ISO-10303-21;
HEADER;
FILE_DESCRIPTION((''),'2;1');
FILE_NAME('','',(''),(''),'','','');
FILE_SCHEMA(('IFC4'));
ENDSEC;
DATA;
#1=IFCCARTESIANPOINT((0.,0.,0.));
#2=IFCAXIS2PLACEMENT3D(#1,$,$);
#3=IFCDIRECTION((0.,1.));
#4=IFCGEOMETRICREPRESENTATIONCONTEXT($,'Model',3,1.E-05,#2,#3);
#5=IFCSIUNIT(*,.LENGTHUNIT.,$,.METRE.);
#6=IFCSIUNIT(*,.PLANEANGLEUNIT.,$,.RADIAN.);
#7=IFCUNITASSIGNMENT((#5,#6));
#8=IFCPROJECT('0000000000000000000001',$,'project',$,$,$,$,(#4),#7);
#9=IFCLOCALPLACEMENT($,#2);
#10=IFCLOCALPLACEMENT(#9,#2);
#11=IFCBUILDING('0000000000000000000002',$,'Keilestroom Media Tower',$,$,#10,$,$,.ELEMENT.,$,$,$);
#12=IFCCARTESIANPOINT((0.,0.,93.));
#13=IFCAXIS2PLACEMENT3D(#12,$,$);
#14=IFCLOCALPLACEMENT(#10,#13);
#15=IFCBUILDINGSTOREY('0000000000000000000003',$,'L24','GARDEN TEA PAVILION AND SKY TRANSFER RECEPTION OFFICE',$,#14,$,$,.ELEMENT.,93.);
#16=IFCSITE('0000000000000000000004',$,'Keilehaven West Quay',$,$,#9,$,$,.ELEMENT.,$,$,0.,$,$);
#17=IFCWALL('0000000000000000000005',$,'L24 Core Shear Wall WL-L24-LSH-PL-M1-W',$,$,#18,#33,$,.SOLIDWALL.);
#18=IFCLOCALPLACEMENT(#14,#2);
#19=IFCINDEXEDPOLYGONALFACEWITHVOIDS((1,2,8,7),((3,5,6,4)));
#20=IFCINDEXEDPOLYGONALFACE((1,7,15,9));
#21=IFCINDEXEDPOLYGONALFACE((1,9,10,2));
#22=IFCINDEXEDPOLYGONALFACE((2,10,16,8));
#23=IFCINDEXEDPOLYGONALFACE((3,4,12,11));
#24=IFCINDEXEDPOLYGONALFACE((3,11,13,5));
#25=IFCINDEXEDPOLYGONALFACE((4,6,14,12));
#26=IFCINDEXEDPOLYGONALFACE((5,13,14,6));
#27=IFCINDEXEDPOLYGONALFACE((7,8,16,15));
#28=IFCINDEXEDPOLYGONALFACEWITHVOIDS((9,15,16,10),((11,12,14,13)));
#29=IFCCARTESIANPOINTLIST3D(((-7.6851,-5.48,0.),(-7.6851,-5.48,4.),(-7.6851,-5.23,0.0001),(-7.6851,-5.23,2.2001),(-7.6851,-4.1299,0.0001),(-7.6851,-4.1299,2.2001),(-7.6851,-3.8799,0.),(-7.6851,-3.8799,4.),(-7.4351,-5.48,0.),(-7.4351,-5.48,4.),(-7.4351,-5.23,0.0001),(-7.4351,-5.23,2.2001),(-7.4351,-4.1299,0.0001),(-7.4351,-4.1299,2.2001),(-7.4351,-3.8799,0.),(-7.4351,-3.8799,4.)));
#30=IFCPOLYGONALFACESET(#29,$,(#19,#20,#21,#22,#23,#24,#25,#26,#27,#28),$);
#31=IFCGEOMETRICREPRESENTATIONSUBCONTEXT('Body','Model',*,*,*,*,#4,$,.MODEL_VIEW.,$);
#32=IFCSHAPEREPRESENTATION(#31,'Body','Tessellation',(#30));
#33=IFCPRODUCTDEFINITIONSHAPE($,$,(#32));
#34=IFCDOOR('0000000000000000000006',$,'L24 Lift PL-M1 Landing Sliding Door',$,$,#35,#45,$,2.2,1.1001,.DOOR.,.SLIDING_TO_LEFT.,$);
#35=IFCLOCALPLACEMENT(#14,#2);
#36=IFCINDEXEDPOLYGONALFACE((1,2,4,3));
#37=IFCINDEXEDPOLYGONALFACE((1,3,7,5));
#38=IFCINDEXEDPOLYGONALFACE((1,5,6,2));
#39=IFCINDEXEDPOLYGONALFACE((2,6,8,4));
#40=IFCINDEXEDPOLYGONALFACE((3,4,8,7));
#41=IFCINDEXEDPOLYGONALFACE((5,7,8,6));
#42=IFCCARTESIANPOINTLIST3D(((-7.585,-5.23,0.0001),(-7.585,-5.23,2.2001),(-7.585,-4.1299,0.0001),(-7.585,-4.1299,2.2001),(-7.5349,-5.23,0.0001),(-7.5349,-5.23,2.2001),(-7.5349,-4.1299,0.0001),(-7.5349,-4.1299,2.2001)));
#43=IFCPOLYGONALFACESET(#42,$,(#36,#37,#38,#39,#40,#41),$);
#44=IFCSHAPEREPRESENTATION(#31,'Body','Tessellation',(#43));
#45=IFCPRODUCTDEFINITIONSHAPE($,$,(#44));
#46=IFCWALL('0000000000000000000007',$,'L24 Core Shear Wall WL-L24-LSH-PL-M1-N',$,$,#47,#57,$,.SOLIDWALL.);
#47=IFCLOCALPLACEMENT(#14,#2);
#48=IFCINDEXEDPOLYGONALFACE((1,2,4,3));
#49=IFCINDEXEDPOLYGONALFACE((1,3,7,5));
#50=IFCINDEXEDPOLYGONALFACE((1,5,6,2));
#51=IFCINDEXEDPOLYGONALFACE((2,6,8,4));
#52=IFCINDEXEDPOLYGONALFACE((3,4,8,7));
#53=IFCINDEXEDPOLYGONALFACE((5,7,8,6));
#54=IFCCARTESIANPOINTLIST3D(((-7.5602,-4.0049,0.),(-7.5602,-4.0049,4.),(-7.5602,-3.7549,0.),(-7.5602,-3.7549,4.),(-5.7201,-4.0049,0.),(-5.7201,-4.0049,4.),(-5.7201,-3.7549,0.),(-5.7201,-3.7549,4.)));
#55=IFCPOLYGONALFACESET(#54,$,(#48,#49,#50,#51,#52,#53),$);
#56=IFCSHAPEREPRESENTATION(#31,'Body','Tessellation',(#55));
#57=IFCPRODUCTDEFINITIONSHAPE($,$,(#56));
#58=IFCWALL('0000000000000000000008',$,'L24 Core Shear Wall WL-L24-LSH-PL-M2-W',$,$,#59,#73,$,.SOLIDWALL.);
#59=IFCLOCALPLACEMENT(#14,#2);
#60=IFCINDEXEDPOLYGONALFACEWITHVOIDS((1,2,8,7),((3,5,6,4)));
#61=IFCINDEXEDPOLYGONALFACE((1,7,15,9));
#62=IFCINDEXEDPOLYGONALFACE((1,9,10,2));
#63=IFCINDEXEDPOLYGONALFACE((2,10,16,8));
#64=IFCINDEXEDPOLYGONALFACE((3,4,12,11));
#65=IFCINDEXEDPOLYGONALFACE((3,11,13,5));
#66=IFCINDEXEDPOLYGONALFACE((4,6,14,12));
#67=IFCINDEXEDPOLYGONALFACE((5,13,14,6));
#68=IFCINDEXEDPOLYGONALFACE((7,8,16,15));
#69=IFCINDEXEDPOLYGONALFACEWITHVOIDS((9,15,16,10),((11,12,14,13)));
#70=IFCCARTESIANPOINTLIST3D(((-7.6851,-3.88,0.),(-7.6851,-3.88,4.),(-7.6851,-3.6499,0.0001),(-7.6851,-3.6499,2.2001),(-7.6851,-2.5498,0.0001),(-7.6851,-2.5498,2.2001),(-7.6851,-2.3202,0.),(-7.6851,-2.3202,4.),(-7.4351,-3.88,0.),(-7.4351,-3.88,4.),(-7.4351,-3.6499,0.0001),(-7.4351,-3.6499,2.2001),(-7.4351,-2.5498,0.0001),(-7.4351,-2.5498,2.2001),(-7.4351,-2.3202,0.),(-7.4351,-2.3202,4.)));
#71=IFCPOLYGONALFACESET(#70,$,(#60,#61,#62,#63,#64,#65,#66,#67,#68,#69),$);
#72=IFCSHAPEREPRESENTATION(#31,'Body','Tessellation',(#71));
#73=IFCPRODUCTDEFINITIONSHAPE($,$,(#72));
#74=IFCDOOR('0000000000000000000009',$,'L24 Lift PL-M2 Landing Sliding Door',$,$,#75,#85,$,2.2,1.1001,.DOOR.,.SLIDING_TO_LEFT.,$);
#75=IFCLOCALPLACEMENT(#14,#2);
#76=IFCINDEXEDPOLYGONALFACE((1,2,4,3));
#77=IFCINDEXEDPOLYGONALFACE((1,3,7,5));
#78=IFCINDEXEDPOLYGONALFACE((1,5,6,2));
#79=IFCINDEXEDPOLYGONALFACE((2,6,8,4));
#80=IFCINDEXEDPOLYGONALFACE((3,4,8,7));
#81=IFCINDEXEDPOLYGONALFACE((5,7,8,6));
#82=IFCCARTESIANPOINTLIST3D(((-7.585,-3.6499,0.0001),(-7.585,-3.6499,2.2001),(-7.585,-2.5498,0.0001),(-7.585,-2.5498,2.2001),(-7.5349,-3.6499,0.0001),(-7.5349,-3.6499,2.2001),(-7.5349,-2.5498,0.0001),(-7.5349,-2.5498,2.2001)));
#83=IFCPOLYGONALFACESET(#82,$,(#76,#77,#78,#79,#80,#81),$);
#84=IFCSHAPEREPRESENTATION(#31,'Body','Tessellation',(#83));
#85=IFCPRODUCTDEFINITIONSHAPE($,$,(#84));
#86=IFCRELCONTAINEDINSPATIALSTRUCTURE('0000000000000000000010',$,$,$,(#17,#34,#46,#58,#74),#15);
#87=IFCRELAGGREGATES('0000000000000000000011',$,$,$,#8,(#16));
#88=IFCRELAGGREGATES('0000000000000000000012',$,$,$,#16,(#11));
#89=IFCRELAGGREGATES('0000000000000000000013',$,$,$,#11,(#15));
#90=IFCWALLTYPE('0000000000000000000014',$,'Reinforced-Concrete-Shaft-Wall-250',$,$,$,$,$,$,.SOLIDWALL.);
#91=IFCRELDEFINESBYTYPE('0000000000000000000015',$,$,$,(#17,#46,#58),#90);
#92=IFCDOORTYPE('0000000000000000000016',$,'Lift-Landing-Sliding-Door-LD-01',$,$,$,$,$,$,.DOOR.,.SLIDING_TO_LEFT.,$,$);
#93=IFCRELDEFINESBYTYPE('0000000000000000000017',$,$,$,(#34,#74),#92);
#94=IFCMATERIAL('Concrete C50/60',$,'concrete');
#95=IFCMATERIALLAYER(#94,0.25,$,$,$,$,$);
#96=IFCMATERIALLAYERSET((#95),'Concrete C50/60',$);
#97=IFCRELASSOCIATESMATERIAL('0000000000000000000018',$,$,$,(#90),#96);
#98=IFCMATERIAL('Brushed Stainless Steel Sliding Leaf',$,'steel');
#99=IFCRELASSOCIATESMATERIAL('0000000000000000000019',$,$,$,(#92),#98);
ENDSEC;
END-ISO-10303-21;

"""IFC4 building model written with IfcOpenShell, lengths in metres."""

from ifc_helpers import new_model, si_unit, direction, frame, frame_2d, origin, place, context, subcontext, project, spatial, rectangle, extrude, source, transform, mapped, material, layer, layer_set, type_object, element, fill, save


model = new_model("IFC4")

# Units and contexts
model_context = context("Model", 3, precision=1e-05, world=origin(), true_north=direction((0.0, 1.0)))
body_context = subcontext(model_context, "Body", "Model", "MODEL_VIEW")
ifc_project = project(units=[si_unit("LENGTHUNIT", "METRE"), si_unit("PLANEANGLEUNIT", "RADIAN")], contexts=[model_context])

# Site, building, storey
site_placement = place(None, origin())
site = spatial("IfcSite", under=ifc_project, at=site_placement, Name="Keilehaven West Quay", CompositionType="ELEMENT", RefElevation=0.0)
building_placement = place(site_placement, origin())
building = spatial("IfcBuilding", under=site, at=building_placement, Name="Keilestroom Media Tower", CompositionType="ELEMENT")
storey_placement = place(building_placement, frame((0.0, 0.0, 93.0)))
storey = spatial("IfcBuildingStorey", under=building, at=storey_placement, Name="L24", Description="GARDEN TEA PAVILION AND SKY TRANSFER RECEPTION OFFICE", CompositionType="ELEMENT", Elevation=93.0)

# Shared definitions
ifc_material_1 = material(Name="Concrete C50/60", Category="concrete")
ifc_layer_1 = layer(ifc_material_1, 0.25)
ifc_layer_set_1 = layer_set([ifc_layer_1], Name="Concrete C50/60")
wall_type_1 = type_object("IfcWallType", Name="Reinforced-Concrete-Shaft-Wall-250", PredefinedType="SOLIDWALL", material=ifc_layer_set_1)

# Shared definitions
ifc_material_2 = material(Name="Brushed Stainless Steel Sliding Leaf", Category="steel")

# Wall, opening, door
wall_1_placement = place(storey_placement, frame((-7.5601, -5.48, 0.0), z_axis=(0.0, 0.0, 1.0), x_axis=(0.0, 1.0, 0.0)))
wall_1 = element("IfcWall", 1, at=wall_1_placement, inside=storey, type_object=wall_type_1, Name="L24 Core Shear Wall WL-L24-LSH-PL-M1-W", PredefinedType="SOLIDWALL", context=body_context, shape_type="SweptSolid", body=[
    extrude(rectangle(XDim=1.6001, YDim=0.25, at=frame_2d((0.8, 0.0))), origin(), (0.0, 0.0, 1.0), 4.0),
])
opening_1_placement = place(wall_1_placement, frame((0.25, 0.0, 0.0)))
opening_1 = element("IfcOpeningElement", 2, at=opening_1_placement, cuts=wall_1, PredefinedType="OPENING", context=body_context, shape_type="SweptSolid", body=[
    extrude(rectangle(XDim=1.1001, YDim=2.2, at=frame_2d((0.55, 1.1001))), frame((0.0, 0.135, 0.0), z_axis=(0.0, -1.0, 0.0), x_axis=(1.0, 0.0, 0.0)), (0.0, 0.0, 1.0), 0.27),
])
door_type_1 = type_object("IfcDoorType", Name="Lift-Landing-Sliding-Door-LD-01", OperationType="SLIDING_TO_LEFT", PredefinedType="DOOR", material=ifc_material_2)
shared_shape_1 = source(origin(), body_context, "Body", "SweptSolid", [
    extrude(rectangle(XDim=1.1001, YDim=2.2, at=frame_2d((0.55, 1.1001))), frame((0.0, 0.0249, 0.0), z_axis=(0.0, -1.0, 0.0), x_axis=(1.0, 0.0, 0.0)), (0.0, 0.0, 1.0), 0.05),
])
door_1_placement = place(opening_1_placement, origin())
door_1 = element("IfcDoor", 3, at=door_1_placement, inside=storey, type_object=door_type_1, Name="L24 Lift PL-M1 Landing Sliding Door", OperationType="SLIDING_TO_LEFT", OverallHeight=2.2, OverallWidth=1.1001, PredefinedType="DOOR", context=body_context, shape_type="MappedRepresentation", body=[
    mapped(shared_shape_1, transform((0.0, 0.0, 0.0), x_axis=(1.0, 0.0, 0.0), y_axis=(0.0, 1.0, 0.0), z_axis=(0.0, 0.0, 1.0), scale=1.0)),
])
fill(opening_1, door_1)

# Wall
wall_2_placement = place(storey_placement, frame((-7.5601, -3.8799, 0.0), z_axis=(0.0, 0.0, 1.0), x_axis=(1.0, 0.0, 0.0)))
element("IfcWall", 4, at=wall_2_placement, inside=storey, type_object=wall_type_1, Name="L24 Core Shear Wall WL-L24-LSH-PL-M1-N", PredefinedType="SOLIDWALL", context=body_context, shape_type="SweptSolid", body=[
    extrude(rectangle(XDim=1.8401, YDim=0.25, at=frame_2d((0.9199, 0.0))), origin(), (0.0, 0.0, 1.0), 4.0),
])

# Wall, opening, door
wall_3_placement = place(storey_placement, frame((-7.5601, -3.8799, 0.0), z_axis=(0.0, 0.0, 1.0), x_axis=(0.0, 1.0, 0.0)))
wall_3 = element("IfcWall", 5, at=wall_3_placement, inside=storey, type_object=wall_type_1, Name="L24 Core Shear Wall WL-L24-LSH-PL-M2-W", PredefinedType="SOLIDWALL", context=body_context, shape_type="SweptSolid", body=[
    extrude(rectangle(XDim=1.5598, YDim=0.25, at=frame_2d((0.7798, 0.0))), origin(), (0.0, 0.0, 1.0), 4.0),
])
opening_2_placement = place(wall_3_placement, frame((0.23, 0.0, 0.0)))
opening_2 = element("IfcOpeningElement", 6, at=opening_2_placement, cuts=wall_3, PredefinedType="OPENING", context=body_context, shape_type="SweptSolid", body=[
    extrude(rectangle(XDim=1.1001, YDim=2.2, at=frame_2d((0.55, 1.1001))), frame((0.0, 0.135, 0.0), z_axis=(0.0, -1.0, 0.0), x_axis=(1.0, 0.0, 0.0)), (0.0, 0.0, 1.0), 0.27),
])
door_2_placement = place(opening_2_placement, origin())
door_2 = element("IfcDoor", 7, at=door_2_placement, inside=storey, type_object=door_type_1, Name="L24 Lift PL-M2 Landing Sliding Door", OperationType="SLIDING_TO_LEFT", OverallHeight=2.2, OverallWidth=1.1001, PredefinedType="DOOR", context=body_context, shape_type="MappedRepresentation", body=[
    mapped(shared_shape_1, transform((0.0, 0.0, 0.0), x_axis=(1.0, 0.0, 0.0), y_axis=(0.0, 1.0, 0.0), z_axis=(0.0, 0.0, 1.0), scale=1.0)),
])
fill(opening_2, door_2)

save(model, "model.ifc")
